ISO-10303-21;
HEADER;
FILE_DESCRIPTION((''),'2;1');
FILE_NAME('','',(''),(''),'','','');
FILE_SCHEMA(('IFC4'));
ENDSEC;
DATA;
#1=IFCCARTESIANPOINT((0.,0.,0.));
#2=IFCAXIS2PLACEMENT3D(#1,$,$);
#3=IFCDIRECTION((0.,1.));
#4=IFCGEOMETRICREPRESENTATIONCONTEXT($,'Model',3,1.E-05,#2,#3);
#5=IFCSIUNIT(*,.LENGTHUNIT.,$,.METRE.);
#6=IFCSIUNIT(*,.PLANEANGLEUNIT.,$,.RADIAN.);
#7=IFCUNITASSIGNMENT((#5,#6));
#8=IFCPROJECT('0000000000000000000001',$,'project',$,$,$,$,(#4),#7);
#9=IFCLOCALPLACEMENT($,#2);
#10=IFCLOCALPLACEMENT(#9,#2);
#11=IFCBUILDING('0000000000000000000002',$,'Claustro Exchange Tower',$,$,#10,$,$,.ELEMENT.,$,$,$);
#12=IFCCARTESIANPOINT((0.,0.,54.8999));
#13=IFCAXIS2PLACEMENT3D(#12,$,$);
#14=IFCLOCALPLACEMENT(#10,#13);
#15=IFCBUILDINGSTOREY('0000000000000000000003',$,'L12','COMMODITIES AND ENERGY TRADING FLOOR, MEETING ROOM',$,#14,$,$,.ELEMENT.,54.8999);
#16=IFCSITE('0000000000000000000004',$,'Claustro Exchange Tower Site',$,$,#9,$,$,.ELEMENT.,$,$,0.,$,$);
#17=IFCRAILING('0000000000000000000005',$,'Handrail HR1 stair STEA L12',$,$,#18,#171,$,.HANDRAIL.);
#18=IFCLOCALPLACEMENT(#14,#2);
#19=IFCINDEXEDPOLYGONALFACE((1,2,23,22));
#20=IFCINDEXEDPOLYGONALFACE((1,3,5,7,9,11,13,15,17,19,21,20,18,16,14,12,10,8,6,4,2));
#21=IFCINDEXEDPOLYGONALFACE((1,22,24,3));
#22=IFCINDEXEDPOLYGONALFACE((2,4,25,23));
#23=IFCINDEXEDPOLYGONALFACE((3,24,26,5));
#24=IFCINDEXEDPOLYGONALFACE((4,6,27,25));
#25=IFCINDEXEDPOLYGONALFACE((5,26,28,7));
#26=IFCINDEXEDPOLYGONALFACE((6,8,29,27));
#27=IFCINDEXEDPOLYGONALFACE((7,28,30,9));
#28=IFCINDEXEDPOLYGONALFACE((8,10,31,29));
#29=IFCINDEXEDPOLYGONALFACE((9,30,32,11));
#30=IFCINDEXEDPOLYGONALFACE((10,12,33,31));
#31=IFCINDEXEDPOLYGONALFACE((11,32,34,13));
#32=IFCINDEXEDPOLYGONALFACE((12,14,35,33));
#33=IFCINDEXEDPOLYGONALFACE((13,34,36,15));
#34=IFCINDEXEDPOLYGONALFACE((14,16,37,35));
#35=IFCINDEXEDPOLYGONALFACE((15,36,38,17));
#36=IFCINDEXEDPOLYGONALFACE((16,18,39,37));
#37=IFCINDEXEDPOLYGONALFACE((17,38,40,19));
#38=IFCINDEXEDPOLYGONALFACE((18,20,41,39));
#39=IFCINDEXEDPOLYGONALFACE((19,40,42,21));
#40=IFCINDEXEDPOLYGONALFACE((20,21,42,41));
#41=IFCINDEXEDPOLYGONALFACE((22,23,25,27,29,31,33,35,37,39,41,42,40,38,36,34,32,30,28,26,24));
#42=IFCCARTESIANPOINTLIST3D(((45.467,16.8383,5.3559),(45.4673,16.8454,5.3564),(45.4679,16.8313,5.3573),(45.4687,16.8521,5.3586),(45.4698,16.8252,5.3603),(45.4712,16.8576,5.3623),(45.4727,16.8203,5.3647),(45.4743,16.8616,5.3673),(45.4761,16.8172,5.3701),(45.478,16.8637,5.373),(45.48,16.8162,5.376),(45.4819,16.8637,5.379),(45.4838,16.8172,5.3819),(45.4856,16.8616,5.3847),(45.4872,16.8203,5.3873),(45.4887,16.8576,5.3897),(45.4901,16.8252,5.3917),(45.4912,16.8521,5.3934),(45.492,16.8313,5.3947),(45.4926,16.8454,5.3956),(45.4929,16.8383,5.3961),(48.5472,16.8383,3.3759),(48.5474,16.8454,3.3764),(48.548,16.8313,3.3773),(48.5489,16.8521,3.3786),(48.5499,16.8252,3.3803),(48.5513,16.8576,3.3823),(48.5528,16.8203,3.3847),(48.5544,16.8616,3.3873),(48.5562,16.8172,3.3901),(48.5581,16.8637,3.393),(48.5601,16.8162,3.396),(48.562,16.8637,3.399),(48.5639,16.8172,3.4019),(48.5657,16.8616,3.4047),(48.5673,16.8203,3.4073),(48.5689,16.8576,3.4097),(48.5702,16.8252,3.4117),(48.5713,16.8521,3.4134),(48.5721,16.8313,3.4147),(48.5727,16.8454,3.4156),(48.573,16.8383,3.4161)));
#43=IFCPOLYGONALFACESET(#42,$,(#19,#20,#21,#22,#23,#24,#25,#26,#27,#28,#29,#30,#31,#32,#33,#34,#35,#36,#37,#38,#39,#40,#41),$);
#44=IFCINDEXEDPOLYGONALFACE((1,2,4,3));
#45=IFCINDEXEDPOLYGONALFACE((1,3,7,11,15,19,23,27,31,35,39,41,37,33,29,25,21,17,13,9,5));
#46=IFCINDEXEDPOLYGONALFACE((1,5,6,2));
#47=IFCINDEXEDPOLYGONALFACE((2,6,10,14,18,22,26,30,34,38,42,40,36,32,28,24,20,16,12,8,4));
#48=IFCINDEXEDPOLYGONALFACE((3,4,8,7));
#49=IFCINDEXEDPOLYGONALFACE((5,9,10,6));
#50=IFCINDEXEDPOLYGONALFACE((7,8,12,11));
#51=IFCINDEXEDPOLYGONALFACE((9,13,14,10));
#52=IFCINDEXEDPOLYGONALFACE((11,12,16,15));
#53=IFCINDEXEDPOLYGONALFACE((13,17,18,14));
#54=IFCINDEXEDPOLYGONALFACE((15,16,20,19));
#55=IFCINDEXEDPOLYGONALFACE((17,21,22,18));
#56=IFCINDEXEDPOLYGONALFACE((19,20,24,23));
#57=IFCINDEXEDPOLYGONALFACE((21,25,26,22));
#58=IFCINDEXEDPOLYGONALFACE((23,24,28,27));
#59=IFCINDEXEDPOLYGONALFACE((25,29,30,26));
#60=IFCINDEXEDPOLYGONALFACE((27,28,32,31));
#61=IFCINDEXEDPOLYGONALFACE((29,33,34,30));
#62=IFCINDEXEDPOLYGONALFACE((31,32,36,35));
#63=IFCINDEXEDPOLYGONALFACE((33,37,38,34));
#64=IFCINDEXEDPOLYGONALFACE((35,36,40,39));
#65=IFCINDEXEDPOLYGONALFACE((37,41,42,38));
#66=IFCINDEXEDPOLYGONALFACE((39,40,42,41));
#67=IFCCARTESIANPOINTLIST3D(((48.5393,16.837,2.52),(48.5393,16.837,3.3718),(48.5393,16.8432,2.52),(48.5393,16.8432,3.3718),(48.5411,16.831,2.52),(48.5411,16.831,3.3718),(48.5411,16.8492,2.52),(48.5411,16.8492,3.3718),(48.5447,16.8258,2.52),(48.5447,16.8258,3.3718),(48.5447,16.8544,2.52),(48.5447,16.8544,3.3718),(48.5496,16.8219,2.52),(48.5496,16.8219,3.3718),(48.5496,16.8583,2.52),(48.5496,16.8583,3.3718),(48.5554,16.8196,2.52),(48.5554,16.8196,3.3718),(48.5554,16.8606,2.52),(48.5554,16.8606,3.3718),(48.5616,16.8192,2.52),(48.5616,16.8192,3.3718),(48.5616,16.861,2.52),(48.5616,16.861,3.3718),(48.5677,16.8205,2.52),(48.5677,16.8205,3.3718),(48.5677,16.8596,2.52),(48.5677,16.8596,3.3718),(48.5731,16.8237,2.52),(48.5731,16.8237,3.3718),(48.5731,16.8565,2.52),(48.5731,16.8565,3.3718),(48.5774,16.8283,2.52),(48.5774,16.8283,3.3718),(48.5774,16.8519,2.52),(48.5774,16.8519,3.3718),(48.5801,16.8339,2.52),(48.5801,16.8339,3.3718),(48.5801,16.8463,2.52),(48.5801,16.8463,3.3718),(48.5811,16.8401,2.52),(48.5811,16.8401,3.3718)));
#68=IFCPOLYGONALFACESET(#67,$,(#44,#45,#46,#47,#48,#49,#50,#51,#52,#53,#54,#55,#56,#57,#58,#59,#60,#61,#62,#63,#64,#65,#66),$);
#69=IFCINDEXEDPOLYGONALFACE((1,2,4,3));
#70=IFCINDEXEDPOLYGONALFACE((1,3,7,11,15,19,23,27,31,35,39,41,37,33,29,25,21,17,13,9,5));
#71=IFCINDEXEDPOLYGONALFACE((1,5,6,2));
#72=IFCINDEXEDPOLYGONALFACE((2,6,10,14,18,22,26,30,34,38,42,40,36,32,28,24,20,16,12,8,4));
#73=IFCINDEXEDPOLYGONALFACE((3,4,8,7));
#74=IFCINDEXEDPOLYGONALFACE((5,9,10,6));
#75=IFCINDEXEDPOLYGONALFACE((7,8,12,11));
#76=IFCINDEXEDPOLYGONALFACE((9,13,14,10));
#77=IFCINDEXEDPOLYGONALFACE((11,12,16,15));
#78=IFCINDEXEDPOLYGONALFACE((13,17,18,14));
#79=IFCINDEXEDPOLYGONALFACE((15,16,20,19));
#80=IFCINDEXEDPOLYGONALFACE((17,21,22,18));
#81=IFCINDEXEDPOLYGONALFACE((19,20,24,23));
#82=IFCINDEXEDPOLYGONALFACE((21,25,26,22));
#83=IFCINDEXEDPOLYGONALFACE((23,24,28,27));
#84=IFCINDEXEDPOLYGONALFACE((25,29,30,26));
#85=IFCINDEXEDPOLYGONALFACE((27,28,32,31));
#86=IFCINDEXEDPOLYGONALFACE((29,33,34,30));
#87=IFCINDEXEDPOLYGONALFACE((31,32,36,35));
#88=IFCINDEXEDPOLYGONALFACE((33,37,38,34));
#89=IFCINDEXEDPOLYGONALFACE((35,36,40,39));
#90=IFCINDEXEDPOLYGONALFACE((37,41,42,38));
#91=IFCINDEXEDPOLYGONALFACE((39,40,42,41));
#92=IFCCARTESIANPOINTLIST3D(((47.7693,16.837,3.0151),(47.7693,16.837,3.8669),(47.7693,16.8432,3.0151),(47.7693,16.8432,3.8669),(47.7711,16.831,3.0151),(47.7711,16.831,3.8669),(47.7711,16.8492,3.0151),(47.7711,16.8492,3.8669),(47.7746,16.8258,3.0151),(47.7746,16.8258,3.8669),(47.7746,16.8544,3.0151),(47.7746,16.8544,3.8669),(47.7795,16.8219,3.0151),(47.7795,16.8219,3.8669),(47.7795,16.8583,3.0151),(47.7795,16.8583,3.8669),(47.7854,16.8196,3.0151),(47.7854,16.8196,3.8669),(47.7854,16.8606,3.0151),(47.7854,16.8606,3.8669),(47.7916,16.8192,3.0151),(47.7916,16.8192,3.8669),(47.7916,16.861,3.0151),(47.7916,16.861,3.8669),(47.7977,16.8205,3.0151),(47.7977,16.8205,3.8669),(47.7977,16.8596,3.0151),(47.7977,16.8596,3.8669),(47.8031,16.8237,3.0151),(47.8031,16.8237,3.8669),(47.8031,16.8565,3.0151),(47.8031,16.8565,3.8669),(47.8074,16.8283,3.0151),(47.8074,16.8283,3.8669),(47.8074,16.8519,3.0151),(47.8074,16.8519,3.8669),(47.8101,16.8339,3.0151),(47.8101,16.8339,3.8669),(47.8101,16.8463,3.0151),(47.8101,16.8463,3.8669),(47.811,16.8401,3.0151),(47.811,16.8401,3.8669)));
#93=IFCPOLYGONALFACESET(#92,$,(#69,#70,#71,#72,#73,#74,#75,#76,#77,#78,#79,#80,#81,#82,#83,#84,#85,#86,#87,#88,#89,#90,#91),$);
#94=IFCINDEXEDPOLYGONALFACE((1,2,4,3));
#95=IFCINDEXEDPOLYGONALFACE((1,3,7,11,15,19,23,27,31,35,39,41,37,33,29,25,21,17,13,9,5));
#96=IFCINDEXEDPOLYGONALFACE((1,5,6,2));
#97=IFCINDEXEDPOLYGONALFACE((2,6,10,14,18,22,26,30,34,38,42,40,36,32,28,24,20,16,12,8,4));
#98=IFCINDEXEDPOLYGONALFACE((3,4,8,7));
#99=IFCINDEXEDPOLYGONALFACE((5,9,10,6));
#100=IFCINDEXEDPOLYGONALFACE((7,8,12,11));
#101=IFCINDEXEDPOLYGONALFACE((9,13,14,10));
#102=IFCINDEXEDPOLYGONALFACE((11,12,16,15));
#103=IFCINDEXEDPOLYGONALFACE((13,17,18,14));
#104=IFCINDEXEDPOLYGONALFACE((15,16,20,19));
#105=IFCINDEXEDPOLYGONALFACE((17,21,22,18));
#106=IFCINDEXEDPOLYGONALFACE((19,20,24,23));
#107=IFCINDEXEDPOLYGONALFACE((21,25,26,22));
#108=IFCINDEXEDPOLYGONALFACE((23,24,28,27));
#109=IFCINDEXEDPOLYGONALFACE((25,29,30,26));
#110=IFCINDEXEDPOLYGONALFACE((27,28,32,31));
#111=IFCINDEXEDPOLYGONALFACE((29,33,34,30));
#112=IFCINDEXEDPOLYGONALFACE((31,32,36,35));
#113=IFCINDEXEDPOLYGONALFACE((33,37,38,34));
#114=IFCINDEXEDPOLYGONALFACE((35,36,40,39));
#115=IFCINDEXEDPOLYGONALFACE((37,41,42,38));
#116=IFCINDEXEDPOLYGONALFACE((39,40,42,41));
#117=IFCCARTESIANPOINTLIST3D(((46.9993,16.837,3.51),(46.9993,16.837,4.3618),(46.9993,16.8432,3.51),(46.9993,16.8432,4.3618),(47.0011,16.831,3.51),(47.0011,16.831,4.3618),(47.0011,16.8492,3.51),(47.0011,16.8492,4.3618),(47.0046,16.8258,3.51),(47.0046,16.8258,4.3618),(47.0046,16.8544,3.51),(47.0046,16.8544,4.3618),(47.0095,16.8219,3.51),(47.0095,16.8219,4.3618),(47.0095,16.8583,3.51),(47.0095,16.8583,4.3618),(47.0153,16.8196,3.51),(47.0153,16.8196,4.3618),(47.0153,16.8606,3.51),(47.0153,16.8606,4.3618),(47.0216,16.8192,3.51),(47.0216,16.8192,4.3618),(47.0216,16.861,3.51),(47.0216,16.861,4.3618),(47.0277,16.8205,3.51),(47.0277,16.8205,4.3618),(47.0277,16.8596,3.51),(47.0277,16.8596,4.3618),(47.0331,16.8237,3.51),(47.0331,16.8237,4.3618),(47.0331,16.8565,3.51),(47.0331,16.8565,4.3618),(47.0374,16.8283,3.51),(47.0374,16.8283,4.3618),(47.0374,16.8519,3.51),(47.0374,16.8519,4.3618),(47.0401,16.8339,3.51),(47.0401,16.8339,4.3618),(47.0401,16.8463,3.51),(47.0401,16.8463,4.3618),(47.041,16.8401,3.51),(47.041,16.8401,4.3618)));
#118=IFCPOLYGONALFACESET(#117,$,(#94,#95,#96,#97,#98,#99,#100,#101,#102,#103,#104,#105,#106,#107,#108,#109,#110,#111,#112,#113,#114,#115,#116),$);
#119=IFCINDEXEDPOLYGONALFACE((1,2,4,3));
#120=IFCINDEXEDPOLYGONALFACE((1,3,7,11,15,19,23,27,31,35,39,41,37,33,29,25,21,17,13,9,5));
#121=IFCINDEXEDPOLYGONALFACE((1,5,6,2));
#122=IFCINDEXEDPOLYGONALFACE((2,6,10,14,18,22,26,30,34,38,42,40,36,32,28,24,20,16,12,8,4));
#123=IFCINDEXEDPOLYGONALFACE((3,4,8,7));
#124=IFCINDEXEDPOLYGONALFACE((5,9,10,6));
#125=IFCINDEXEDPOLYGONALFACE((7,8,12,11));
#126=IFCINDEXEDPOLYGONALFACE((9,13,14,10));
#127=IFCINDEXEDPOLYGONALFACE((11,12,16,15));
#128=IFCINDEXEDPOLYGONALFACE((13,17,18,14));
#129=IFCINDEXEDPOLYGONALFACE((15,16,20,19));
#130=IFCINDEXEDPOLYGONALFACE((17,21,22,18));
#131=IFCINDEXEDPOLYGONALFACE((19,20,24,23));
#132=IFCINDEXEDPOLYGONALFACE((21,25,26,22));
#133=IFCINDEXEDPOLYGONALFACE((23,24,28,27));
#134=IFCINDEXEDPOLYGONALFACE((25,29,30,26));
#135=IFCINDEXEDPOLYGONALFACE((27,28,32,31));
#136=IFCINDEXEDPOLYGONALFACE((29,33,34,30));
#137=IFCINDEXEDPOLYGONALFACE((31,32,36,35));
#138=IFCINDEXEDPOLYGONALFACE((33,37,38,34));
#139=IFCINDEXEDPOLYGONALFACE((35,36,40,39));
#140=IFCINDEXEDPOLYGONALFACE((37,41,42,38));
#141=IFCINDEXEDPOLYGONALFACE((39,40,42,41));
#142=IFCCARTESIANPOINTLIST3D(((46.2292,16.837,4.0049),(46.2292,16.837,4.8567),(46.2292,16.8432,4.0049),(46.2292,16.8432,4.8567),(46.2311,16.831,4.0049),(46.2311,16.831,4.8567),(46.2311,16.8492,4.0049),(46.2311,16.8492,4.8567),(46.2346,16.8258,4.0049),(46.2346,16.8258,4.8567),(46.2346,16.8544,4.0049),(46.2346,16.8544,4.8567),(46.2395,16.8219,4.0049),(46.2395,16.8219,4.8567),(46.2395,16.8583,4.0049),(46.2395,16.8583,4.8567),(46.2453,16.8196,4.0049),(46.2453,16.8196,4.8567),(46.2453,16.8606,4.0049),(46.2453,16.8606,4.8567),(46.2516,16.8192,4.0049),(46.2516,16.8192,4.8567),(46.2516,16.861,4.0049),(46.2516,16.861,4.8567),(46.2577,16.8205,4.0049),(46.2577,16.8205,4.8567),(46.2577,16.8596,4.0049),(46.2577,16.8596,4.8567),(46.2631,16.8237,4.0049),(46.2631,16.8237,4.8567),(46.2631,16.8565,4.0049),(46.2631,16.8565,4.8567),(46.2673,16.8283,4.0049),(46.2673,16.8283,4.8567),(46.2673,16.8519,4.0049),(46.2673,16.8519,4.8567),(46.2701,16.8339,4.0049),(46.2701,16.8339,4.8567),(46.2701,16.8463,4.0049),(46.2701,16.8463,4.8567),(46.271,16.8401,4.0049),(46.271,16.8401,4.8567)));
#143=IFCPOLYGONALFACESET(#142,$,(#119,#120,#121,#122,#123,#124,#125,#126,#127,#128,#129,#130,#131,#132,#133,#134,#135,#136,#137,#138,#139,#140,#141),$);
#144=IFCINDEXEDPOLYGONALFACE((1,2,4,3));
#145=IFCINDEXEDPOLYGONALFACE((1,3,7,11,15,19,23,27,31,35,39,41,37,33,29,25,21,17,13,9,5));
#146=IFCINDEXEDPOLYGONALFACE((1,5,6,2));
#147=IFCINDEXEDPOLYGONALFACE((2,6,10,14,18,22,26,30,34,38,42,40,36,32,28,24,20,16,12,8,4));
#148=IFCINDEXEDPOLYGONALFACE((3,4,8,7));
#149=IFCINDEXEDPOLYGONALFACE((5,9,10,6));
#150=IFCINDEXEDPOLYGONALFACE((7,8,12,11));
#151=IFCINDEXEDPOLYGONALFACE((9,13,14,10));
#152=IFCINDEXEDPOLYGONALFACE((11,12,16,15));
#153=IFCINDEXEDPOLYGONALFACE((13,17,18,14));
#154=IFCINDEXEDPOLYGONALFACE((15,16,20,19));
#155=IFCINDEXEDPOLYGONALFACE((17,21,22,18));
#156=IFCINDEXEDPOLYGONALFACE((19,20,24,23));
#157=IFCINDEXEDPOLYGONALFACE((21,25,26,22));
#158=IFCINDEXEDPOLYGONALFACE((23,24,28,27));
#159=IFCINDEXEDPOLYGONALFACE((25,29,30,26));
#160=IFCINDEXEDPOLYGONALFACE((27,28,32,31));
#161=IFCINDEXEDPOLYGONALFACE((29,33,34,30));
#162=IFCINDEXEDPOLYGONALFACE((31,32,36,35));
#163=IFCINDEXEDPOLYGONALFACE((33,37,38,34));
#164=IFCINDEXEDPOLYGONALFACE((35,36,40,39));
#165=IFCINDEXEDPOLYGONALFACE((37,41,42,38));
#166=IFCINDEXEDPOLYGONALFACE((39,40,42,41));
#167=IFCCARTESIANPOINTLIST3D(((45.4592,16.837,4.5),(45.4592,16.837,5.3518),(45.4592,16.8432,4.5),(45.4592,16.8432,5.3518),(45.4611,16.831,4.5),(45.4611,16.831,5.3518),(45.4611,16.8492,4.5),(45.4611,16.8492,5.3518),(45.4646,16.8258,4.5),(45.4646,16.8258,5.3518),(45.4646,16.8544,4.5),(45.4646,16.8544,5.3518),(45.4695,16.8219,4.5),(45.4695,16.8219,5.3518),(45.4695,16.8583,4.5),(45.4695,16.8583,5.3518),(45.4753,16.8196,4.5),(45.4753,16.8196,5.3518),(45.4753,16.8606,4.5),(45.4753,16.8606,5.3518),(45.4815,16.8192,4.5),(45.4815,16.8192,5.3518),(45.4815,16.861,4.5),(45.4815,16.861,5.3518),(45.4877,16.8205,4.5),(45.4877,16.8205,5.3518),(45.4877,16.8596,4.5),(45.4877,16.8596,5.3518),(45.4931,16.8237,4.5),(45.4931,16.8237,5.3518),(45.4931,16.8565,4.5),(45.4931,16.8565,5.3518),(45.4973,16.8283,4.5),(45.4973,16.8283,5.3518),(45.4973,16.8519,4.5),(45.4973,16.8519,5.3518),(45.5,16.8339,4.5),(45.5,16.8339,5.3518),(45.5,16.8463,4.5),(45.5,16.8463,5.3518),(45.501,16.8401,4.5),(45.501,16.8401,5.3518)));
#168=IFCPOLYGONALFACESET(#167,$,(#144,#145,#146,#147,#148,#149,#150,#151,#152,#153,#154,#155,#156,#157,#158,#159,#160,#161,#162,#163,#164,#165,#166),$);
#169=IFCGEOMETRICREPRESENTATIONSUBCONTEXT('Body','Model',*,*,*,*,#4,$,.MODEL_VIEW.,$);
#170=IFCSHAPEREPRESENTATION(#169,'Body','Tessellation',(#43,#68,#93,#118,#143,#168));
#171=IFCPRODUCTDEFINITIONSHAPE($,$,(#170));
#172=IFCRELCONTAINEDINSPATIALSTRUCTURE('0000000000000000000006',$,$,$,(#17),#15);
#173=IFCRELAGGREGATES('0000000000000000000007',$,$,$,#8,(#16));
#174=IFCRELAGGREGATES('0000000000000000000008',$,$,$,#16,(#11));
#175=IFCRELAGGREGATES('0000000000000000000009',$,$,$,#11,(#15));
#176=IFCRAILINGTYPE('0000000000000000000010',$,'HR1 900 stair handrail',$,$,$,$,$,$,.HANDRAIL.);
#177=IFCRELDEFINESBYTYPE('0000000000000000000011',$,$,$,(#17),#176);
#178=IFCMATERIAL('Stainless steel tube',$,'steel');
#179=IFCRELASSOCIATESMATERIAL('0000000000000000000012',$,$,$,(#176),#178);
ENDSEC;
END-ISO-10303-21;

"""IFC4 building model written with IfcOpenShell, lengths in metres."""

from ifc_helpers import new_model, si_unit, direction, frame, origin, origin_2d, place, context, subcontext, project, spatial, circle, extrude, material, type_object, element, save


model = new_model("IFC4")

# Units and contexts
model_context = context("Model", 3, precision=1e-05, world=origin(), true_north=direction((0.0, 1.0)))
body_context = subcontext(model_context, "Body", "Model", "MODEL_VIEW")
ifc_project = project(units=[si_unit("LENGTHUNIT", "METRE"), si_unit("PLANEANGLEUNIT", "RADIAN")], contexts=[model_context])

# Site, building, storey
site_placement = place(None, origin())
site = spatial("IfcSite", under=ifc_project, at=site_placement, Name="Claustro Exchange Tower Site", CompositionType="ELEMENT", RefElevation=0.0)
building_placement = place(site_placement, origin())
building = spatial("IfcBuilding", under=site, at=building_placement, Name="Claustro Exchange Tower", CompositionType="ELEMENT")
storey_placement = place(building_placement, frame((0.0, 0.0, 54.8999)))
storey = spatial("IfcBuildingStorey", under=building, at=storey_placement, Name="L12", Description="COMMODITIES AND ENERGY TRADING FLOOR, MEETING ROOM", CompositionType="ELEMENT", Elevation=54.8999)

# Railing
ifc_material_1 = material(Name="Stainless steel tube", Category="steel")
railing_type = type_object("IfcRailingType", Name="HR1 900 stair handrail", PredefinedType="HANDRAIL", material=ifc_material_1)
railing_placement = place(storey_placement, frame((48.5601, 16.8401, 2.52)))
element("IfcRailing", 1, at=railing_placement, inside=storey, type_object=railing_type, Name="Handrail HR1 stair STEA L12", PredefinedType="HANDRAIL", context=body_context, shape_type="SweptSolid", body=[
    extrude(circle(Radius=0.0239, at=origin_2d()), frame((0.0, 0.0, 0.876), z_axis=(-0.841187, 0.0, 0.540744), x_axis=(0.0, -1.0, 0.0)), (0.0, 0.0, 1.0), 3.6616),
    extrude(circle(Radius=0.021, at=origin_2d()), origin(), (0.0, 0.0, 1.0), 0.8518),
    extrude(circle(Radius=0.021, at=origin_2d()), frame((-0.77, 0.0, 0.4951)), (0.0, 0.0, 1.0), 0.8518),
    extrude(circle(Radius=0.021, at=origin_2d()), frame((-1.54, 0.0, 0.99)), (0.0, 0.0, 1.0), 0.8518),
    extrude(circle(Radius=0.021, at=origin_2d()), frame((-2.3101, 0.0, 1.4849)), (0.0, 0.0, 1.0), 0.8518),
    extrude(circle(Radius=0.021, at=origin_2d()), frame((-3.0801, 0.0, 1.98)), (0.0, 0.0, 1.0), 0.8518),
])

save(model, "model.ifc")
